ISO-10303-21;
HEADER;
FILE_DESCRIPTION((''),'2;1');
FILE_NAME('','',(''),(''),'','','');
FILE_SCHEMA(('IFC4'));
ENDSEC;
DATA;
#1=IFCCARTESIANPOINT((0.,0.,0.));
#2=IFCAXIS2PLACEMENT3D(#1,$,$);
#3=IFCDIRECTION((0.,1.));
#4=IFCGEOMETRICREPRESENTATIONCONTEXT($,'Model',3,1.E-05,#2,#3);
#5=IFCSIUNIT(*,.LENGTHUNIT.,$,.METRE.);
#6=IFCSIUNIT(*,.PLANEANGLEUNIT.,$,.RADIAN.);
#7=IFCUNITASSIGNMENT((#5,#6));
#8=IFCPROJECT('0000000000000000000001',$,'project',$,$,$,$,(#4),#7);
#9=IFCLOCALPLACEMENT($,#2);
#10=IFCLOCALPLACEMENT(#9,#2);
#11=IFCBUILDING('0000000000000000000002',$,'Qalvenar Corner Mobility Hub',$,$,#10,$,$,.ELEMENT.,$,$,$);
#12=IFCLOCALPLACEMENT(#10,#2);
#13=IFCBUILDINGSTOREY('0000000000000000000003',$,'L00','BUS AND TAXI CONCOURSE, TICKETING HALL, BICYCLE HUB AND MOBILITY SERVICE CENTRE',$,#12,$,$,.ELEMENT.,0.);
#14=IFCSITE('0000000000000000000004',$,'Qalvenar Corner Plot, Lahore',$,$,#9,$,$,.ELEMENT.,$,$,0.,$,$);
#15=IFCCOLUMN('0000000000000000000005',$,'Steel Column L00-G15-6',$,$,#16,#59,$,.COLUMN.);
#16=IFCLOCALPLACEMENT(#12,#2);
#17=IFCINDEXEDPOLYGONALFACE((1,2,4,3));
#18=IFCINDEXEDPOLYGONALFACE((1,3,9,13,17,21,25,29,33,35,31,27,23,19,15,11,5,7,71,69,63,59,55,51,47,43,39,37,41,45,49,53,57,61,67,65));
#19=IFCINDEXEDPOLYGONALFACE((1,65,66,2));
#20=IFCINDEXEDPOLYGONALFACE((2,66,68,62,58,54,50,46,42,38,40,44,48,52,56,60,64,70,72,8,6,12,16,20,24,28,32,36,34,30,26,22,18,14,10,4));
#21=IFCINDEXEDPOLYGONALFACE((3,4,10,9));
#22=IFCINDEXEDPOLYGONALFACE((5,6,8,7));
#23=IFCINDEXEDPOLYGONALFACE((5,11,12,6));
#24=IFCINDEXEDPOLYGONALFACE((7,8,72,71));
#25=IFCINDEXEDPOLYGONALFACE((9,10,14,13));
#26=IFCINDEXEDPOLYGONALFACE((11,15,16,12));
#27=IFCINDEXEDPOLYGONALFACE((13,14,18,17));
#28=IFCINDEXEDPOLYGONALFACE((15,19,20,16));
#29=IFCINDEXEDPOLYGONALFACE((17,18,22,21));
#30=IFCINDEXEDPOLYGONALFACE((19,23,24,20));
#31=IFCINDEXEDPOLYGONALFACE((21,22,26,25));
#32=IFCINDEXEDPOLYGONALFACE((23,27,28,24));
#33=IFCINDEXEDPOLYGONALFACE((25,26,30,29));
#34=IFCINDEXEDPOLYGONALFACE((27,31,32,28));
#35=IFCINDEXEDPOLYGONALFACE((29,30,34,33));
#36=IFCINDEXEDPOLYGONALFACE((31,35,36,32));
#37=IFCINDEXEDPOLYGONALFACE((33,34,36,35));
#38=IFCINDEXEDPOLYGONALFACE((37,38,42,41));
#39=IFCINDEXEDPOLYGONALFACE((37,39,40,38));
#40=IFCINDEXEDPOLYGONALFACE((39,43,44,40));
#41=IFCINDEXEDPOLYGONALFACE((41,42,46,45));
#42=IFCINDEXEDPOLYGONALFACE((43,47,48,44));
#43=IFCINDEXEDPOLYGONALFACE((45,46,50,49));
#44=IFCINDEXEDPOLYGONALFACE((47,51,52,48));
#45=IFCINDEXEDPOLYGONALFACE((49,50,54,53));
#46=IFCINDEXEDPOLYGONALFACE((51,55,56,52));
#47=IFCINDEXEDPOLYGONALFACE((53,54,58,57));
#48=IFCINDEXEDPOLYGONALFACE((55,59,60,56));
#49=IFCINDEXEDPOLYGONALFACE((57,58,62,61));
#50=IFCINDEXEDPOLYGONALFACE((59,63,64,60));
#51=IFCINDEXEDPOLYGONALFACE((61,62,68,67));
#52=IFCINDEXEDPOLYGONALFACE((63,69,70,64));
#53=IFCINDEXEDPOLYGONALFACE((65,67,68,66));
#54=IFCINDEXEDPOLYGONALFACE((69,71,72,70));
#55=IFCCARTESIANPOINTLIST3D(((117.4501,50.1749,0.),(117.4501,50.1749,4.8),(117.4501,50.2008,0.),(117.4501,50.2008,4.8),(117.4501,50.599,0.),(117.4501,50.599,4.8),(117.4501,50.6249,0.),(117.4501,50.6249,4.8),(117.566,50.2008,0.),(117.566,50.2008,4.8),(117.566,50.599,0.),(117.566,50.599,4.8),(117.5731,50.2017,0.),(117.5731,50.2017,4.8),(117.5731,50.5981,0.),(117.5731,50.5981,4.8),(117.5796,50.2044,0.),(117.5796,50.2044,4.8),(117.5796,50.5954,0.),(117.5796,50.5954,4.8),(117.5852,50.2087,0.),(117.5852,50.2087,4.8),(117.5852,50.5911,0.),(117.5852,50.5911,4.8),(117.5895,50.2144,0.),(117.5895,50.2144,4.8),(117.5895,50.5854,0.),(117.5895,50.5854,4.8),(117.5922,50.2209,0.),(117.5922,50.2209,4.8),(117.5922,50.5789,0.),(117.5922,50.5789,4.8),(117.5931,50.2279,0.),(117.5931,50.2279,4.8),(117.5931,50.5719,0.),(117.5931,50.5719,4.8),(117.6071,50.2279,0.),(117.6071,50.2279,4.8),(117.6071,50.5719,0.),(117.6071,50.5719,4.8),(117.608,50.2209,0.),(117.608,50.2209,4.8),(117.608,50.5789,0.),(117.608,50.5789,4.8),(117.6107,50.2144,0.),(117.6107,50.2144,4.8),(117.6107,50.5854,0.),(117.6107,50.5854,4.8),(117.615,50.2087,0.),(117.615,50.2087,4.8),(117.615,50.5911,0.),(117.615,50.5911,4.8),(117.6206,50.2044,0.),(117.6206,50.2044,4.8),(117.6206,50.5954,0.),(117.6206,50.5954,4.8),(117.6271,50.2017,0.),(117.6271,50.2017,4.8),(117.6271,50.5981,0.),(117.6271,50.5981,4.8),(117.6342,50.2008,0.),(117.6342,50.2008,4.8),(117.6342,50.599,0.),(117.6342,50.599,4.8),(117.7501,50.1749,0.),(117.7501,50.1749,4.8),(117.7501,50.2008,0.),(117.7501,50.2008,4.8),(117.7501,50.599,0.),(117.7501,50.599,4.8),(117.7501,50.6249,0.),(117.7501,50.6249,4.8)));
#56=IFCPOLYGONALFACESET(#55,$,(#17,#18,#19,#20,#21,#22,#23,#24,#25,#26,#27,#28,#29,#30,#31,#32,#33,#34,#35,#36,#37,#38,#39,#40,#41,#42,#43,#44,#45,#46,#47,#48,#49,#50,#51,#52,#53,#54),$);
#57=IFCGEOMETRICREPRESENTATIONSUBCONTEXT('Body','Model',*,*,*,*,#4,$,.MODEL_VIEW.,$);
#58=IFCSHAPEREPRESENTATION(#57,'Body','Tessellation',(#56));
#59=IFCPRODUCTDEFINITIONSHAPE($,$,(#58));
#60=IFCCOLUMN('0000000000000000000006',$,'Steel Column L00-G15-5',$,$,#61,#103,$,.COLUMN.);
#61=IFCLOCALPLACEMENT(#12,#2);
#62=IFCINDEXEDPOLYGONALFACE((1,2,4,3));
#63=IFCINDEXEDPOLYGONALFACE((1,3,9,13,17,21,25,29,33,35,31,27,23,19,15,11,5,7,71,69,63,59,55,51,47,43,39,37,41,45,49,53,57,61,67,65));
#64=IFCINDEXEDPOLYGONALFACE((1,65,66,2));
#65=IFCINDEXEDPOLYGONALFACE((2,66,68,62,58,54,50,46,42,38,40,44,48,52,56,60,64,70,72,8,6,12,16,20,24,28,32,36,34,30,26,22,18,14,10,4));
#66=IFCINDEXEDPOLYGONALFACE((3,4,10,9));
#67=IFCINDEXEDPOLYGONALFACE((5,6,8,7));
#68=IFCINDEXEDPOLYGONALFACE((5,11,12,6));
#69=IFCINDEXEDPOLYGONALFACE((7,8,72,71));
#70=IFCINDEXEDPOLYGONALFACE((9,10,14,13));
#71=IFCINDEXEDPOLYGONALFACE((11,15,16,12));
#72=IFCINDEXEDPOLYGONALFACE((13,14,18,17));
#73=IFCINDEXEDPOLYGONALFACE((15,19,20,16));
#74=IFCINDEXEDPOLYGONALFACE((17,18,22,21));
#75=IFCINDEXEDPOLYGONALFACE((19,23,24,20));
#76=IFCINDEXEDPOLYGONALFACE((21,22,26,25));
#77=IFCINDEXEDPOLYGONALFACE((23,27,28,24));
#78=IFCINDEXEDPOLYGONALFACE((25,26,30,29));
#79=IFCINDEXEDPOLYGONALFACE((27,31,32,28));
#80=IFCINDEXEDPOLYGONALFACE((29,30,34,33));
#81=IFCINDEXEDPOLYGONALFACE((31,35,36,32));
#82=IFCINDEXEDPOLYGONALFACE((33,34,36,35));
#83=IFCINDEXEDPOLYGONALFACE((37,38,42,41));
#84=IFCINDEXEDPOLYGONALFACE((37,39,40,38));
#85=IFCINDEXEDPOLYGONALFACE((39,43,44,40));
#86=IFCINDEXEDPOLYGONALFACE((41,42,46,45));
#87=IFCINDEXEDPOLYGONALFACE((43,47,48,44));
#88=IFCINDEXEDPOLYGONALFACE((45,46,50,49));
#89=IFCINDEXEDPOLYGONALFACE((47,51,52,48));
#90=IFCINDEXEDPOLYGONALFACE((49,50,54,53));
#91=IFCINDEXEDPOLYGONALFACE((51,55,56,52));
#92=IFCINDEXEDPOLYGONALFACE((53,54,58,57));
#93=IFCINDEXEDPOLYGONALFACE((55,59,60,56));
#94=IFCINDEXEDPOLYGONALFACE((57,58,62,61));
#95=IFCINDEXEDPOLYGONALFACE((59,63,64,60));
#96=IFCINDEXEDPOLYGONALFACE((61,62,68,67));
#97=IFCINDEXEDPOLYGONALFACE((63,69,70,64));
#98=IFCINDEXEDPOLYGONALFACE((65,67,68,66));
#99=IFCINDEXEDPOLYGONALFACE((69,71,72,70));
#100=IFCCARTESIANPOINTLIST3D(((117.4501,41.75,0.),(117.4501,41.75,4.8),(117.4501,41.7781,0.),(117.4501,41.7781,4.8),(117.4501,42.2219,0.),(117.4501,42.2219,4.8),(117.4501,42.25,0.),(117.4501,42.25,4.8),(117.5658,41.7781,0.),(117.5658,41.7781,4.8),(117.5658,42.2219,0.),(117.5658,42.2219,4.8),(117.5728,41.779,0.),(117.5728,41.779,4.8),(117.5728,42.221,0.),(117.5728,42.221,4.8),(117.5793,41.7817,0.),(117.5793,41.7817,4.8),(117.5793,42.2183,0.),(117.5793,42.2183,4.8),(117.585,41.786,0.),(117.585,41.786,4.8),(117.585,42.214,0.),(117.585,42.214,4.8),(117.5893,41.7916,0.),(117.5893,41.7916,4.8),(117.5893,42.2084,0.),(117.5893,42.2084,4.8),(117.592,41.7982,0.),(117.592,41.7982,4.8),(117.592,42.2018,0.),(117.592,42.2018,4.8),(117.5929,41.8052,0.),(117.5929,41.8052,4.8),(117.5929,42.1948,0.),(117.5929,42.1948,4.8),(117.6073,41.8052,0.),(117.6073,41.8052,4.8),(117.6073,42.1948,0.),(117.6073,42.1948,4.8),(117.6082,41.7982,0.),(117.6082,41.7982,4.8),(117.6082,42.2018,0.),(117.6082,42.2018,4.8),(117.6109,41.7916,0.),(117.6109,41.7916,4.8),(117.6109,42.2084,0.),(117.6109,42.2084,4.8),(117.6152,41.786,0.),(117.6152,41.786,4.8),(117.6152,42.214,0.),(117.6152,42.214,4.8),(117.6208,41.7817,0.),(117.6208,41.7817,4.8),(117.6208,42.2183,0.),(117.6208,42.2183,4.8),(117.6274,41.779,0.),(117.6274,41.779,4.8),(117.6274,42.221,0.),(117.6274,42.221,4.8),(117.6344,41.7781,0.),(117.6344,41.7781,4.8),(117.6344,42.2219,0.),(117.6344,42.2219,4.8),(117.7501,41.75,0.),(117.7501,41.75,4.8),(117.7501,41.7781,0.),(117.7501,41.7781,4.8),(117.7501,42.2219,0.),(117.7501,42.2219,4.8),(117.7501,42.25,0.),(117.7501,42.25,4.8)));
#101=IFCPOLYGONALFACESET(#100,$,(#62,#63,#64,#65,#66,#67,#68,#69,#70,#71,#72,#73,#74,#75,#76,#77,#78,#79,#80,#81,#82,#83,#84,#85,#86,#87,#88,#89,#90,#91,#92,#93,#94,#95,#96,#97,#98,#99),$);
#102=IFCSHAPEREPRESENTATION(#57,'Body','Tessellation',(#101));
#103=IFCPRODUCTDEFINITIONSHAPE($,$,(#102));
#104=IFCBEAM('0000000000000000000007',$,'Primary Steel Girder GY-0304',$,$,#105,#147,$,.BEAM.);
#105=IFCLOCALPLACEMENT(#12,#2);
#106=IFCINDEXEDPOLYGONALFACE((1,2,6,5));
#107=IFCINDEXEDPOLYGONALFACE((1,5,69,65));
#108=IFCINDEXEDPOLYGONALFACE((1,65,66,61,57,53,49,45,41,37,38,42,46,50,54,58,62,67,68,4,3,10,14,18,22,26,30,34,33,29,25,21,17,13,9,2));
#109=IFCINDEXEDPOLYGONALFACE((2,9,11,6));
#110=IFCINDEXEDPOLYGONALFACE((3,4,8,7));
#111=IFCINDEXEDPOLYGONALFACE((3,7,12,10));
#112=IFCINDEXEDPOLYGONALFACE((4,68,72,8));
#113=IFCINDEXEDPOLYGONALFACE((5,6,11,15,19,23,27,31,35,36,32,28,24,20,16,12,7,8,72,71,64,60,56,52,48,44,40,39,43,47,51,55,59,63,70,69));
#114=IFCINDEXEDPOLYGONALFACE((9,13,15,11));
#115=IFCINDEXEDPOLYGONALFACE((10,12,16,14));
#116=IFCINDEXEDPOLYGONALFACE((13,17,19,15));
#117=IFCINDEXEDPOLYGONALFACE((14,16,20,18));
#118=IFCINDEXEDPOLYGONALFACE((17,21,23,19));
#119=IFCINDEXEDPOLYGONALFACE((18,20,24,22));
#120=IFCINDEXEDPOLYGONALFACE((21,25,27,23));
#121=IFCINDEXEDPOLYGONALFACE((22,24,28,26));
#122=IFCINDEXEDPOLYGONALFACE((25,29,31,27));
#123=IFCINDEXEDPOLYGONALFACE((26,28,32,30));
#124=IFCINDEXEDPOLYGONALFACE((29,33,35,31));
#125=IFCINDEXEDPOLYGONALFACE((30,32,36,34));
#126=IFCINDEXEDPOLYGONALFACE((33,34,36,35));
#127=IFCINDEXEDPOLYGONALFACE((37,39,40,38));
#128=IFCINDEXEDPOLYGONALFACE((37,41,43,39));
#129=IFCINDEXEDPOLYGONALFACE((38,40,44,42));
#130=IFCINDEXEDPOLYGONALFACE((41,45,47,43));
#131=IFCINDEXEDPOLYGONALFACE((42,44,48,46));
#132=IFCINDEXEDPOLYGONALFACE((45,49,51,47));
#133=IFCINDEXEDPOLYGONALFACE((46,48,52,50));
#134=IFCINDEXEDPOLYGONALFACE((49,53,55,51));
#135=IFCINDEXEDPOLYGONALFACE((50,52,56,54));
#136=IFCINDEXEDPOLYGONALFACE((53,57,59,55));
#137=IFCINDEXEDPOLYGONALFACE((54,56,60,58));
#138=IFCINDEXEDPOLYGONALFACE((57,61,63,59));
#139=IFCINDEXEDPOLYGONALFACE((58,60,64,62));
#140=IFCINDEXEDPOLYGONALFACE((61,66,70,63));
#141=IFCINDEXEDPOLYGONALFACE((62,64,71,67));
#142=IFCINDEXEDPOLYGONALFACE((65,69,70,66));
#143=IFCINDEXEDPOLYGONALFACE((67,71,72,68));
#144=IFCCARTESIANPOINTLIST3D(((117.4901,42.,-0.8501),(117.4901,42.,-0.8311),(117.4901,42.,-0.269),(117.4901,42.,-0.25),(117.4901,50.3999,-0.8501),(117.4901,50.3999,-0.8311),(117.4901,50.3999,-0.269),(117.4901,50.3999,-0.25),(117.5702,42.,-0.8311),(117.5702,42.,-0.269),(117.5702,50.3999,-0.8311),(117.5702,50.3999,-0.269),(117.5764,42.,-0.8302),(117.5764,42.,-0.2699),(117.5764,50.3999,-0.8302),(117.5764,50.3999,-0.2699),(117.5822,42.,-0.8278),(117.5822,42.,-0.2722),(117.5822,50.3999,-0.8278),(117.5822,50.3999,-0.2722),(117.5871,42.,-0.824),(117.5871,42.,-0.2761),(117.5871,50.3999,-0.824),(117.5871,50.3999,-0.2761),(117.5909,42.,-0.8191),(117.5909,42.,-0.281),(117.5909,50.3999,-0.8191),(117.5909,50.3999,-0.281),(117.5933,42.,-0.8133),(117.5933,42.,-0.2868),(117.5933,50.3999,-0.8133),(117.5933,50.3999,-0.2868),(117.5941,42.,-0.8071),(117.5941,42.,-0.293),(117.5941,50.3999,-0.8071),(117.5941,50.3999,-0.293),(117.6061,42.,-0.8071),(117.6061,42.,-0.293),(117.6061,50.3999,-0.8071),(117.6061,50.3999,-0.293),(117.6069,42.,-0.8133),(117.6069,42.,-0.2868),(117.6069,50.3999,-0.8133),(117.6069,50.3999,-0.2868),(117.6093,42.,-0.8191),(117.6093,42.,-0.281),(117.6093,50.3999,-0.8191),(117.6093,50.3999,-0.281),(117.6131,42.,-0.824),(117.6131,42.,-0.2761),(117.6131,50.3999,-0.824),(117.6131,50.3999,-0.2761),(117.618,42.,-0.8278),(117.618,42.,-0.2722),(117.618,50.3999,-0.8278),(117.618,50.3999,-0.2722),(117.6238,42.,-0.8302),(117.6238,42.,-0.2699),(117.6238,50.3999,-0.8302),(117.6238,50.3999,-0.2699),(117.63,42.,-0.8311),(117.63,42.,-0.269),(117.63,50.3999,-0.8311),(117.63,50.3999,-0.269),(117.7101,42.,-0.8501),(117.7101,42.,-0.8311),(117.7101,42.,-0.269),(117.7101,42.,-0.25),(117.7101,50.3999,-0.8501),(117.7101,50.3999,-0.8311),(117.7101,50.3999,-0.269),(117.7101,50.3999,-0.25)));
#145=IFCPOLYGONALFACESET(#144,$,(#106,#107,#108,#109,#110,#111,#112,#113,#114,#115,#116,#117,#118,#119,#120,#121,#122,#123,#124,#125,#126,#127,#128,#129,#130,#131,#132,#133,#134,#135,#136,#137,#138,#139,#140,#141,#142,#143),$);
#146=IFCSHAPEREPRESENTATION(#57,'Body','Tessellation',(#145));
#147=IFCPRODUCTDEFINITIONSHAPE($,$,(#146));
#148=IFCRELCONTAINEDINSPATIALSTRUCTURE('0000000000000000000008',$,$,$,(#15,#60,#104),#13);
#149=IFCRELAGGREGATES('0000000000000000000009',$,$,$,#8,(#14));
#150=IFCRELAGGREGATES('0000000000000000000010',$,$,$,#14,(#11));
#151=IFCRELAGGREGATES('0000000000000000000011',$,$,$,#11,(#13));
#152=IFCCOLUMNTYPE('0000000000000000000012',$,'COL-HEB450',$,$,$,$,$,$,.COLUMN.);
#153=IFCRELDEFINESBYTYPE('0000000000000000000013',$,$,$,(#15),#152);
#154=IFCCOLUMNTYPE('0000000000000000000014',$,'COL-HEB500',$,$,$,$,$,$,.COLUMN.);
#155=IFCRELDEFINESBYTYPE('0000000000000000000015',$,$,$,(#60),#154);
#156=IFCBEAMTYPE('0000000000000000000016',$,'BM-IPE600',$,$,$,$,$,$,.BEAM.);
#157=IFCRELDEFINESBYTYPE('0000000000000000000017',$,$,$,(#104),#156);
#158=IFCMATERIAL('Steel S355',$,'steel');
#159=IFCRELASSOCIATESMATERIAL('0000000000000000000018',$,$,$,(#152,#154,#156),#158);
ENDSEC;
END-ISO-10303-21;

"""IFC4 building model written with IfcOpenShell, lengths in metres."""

from ifc_helpers import new_model, si_unit, direction, frame, origin, origin_2d, place, context, subcontext, project, spatial, i_section, extrude, material, material_profile, profile_set, type_object, element, save


model = new_model("IFC4")

# Units and contexts
model_context = context("Model", 3, precision=1e-05, world=origin(), true_north=direction((0.0, 1.0)))
body_context = subcontext(model_context, "Body", "Model", "MODEL_VIEW")
ifc_project = project(units=[si_unit("LENGTHUNIT", "METRE"), si_unit("PLANEANGLEUNIT", "RADIAN")], contexts=[model_context])

# Site, building, storey
site_placement = place(None, origin())
site = spatial("IfcSite", under=ifc_project, at=site_placement, Name="Qalvenar Corner Plot, Lahore", CompositionType="ELEMENT", RefElevation=0.0)
building_placement = place(site_placement, origin())
building = spatial("IfcBuilding", under=site, at=building_placement, Name="Qalvenar Corner Mobility Hub", CompositionType="ELEMENT")
storey_placement = place(building_placement, origin())
storey = spatial("IfcBuildingStorey", under=building, at=storey_placement, Name="L00", Description="BUS AND TAXI CONCOURSE, TICKETING HALL, BICYCLE HUB AND MOBILITY SERVICE CENTRE", CompositionType="ELEMENT", Elevation=0.0)

# Columns
ifc_material_1 = material(Name="Steel S355", Category="steel")
ifc_material_profile_1 = material_profile(ifc_material_1, i_section(OverallWidth=0.3, OverallDepth=0.45, WebThickness=0.0139, FlangeThickness=0.0259, FilletRadius=0.0271, at=origin_2d()), Name="HEB450")
ifc_profile_set_1 = profile_set([ifc_material_profile_1], Name="Steel S355")
column_type_1 = type_object("IfcColumnType", Name="COL-HEB450", PredefinedType="COLUMN", material=ifc_profile_set_1)
column_1_placement = place(storey_placement, frame((117.6001, 50.3999, 0.0), z_axis=(0.0, 0.0, 1.0), x_axis=(1.0, 0.0, 0.0)))
element("IfcColumn", 1, at=column_1_placement, inside=storey, type_object=column_type_1, Name="Steel Column L00-G15-6", PredefinedType="COLUMN", context=body_context, shape_type="SweptSolid", body=[
    extrude(i_section(OverallWidth=0.3, OverallDepth=0.45, WebThickness=0.0139, FlangeThickness=0.0259, FilletRadius=0.0271, at=origin_2d()), origin(), (0.0, 0.0, 1.0), 4.8),
])
ifc_material_profile_2 = material_profile(ifc_material_1, i_section(OverallWidth=0.3, OverallDepth=0.5, WebThickness=0.0144, FlangeThickness=0.0281, FilletRadius=0.0271, at=origin_2d()), Name="HEB500")
ifc_profile_set_2 = profile_set([ifc_material_profile_2], Name="Steel S355")
column_type_2 = type_object("IfcColumnType", Name="COL-HEB500", PredefinedType="COLUMN", material=ifc_profile_set_2)
column_2_placement = place(storey_placement, frame((117.6001, 42.0, 0.0), z_axis=(0.0, 0.0, 1.0), x_axis=(1.0, 0.0, 0.0)))
element("IfcColumn", 2, at=column_2_placement, inside=storey, type_object=column_type_2, Name="Steel Column L00-G15-5", PredefinedType="COLUMN", context=body_context, shape_type="SweptSolid", body=[
    extrude(i_section(OverallWidth=0.3, OverallDepth=0.5, WebThickness=0.0144, FlangeThickness=0.0281, FilletRadius=0.0271, at=origin_2d()), origin(), (0.0, 0.0, 1.0), 4.8),
])

# Beam
ifc_material_profile_3 = material_profile(ifc_material_1, i_section(OverallWidth=0.22, OverallDepth=0.6001, WebThickness=0.012, FlangeThickness=0.019, FilletRadius=0.0239, at=origin_2d()), Name="IPE600")
ifc_profile_set_3 = profile_set([ifc_material_profile_3], Name="Steel S355")
beam_type_1 = type_object("IfcBeamType", Name="BM-IPE600", PredefinedType="BEAM", material=ifc_profile_set_3)
beam_1_placement = place(storey_placement, frame((117.6001, 42.0, -0.55), z_axis=(0.0, 1.0, 0.0), x_axis=(-1.0, 0.0, 0.0)))
element("IfcBeam", 3, at=beam_1_placement, inside=storey, type_object=beam_type_1, Name="Primary Steel Girder GY-0304", PredefinedType="BEAM", context=body_context, shape_type="SweptSolid", body=[
    extrude(i_section(OverallWidth=0.22, OverallDepth=0.6001, WebThickness=0.012, FlangeThickness=0.019, FilletRadius=0.0239, at=origin_2d()), origin(), (0.0, 0.0, 1.0), 8.3999),
])

save(model, "model.ifc")
